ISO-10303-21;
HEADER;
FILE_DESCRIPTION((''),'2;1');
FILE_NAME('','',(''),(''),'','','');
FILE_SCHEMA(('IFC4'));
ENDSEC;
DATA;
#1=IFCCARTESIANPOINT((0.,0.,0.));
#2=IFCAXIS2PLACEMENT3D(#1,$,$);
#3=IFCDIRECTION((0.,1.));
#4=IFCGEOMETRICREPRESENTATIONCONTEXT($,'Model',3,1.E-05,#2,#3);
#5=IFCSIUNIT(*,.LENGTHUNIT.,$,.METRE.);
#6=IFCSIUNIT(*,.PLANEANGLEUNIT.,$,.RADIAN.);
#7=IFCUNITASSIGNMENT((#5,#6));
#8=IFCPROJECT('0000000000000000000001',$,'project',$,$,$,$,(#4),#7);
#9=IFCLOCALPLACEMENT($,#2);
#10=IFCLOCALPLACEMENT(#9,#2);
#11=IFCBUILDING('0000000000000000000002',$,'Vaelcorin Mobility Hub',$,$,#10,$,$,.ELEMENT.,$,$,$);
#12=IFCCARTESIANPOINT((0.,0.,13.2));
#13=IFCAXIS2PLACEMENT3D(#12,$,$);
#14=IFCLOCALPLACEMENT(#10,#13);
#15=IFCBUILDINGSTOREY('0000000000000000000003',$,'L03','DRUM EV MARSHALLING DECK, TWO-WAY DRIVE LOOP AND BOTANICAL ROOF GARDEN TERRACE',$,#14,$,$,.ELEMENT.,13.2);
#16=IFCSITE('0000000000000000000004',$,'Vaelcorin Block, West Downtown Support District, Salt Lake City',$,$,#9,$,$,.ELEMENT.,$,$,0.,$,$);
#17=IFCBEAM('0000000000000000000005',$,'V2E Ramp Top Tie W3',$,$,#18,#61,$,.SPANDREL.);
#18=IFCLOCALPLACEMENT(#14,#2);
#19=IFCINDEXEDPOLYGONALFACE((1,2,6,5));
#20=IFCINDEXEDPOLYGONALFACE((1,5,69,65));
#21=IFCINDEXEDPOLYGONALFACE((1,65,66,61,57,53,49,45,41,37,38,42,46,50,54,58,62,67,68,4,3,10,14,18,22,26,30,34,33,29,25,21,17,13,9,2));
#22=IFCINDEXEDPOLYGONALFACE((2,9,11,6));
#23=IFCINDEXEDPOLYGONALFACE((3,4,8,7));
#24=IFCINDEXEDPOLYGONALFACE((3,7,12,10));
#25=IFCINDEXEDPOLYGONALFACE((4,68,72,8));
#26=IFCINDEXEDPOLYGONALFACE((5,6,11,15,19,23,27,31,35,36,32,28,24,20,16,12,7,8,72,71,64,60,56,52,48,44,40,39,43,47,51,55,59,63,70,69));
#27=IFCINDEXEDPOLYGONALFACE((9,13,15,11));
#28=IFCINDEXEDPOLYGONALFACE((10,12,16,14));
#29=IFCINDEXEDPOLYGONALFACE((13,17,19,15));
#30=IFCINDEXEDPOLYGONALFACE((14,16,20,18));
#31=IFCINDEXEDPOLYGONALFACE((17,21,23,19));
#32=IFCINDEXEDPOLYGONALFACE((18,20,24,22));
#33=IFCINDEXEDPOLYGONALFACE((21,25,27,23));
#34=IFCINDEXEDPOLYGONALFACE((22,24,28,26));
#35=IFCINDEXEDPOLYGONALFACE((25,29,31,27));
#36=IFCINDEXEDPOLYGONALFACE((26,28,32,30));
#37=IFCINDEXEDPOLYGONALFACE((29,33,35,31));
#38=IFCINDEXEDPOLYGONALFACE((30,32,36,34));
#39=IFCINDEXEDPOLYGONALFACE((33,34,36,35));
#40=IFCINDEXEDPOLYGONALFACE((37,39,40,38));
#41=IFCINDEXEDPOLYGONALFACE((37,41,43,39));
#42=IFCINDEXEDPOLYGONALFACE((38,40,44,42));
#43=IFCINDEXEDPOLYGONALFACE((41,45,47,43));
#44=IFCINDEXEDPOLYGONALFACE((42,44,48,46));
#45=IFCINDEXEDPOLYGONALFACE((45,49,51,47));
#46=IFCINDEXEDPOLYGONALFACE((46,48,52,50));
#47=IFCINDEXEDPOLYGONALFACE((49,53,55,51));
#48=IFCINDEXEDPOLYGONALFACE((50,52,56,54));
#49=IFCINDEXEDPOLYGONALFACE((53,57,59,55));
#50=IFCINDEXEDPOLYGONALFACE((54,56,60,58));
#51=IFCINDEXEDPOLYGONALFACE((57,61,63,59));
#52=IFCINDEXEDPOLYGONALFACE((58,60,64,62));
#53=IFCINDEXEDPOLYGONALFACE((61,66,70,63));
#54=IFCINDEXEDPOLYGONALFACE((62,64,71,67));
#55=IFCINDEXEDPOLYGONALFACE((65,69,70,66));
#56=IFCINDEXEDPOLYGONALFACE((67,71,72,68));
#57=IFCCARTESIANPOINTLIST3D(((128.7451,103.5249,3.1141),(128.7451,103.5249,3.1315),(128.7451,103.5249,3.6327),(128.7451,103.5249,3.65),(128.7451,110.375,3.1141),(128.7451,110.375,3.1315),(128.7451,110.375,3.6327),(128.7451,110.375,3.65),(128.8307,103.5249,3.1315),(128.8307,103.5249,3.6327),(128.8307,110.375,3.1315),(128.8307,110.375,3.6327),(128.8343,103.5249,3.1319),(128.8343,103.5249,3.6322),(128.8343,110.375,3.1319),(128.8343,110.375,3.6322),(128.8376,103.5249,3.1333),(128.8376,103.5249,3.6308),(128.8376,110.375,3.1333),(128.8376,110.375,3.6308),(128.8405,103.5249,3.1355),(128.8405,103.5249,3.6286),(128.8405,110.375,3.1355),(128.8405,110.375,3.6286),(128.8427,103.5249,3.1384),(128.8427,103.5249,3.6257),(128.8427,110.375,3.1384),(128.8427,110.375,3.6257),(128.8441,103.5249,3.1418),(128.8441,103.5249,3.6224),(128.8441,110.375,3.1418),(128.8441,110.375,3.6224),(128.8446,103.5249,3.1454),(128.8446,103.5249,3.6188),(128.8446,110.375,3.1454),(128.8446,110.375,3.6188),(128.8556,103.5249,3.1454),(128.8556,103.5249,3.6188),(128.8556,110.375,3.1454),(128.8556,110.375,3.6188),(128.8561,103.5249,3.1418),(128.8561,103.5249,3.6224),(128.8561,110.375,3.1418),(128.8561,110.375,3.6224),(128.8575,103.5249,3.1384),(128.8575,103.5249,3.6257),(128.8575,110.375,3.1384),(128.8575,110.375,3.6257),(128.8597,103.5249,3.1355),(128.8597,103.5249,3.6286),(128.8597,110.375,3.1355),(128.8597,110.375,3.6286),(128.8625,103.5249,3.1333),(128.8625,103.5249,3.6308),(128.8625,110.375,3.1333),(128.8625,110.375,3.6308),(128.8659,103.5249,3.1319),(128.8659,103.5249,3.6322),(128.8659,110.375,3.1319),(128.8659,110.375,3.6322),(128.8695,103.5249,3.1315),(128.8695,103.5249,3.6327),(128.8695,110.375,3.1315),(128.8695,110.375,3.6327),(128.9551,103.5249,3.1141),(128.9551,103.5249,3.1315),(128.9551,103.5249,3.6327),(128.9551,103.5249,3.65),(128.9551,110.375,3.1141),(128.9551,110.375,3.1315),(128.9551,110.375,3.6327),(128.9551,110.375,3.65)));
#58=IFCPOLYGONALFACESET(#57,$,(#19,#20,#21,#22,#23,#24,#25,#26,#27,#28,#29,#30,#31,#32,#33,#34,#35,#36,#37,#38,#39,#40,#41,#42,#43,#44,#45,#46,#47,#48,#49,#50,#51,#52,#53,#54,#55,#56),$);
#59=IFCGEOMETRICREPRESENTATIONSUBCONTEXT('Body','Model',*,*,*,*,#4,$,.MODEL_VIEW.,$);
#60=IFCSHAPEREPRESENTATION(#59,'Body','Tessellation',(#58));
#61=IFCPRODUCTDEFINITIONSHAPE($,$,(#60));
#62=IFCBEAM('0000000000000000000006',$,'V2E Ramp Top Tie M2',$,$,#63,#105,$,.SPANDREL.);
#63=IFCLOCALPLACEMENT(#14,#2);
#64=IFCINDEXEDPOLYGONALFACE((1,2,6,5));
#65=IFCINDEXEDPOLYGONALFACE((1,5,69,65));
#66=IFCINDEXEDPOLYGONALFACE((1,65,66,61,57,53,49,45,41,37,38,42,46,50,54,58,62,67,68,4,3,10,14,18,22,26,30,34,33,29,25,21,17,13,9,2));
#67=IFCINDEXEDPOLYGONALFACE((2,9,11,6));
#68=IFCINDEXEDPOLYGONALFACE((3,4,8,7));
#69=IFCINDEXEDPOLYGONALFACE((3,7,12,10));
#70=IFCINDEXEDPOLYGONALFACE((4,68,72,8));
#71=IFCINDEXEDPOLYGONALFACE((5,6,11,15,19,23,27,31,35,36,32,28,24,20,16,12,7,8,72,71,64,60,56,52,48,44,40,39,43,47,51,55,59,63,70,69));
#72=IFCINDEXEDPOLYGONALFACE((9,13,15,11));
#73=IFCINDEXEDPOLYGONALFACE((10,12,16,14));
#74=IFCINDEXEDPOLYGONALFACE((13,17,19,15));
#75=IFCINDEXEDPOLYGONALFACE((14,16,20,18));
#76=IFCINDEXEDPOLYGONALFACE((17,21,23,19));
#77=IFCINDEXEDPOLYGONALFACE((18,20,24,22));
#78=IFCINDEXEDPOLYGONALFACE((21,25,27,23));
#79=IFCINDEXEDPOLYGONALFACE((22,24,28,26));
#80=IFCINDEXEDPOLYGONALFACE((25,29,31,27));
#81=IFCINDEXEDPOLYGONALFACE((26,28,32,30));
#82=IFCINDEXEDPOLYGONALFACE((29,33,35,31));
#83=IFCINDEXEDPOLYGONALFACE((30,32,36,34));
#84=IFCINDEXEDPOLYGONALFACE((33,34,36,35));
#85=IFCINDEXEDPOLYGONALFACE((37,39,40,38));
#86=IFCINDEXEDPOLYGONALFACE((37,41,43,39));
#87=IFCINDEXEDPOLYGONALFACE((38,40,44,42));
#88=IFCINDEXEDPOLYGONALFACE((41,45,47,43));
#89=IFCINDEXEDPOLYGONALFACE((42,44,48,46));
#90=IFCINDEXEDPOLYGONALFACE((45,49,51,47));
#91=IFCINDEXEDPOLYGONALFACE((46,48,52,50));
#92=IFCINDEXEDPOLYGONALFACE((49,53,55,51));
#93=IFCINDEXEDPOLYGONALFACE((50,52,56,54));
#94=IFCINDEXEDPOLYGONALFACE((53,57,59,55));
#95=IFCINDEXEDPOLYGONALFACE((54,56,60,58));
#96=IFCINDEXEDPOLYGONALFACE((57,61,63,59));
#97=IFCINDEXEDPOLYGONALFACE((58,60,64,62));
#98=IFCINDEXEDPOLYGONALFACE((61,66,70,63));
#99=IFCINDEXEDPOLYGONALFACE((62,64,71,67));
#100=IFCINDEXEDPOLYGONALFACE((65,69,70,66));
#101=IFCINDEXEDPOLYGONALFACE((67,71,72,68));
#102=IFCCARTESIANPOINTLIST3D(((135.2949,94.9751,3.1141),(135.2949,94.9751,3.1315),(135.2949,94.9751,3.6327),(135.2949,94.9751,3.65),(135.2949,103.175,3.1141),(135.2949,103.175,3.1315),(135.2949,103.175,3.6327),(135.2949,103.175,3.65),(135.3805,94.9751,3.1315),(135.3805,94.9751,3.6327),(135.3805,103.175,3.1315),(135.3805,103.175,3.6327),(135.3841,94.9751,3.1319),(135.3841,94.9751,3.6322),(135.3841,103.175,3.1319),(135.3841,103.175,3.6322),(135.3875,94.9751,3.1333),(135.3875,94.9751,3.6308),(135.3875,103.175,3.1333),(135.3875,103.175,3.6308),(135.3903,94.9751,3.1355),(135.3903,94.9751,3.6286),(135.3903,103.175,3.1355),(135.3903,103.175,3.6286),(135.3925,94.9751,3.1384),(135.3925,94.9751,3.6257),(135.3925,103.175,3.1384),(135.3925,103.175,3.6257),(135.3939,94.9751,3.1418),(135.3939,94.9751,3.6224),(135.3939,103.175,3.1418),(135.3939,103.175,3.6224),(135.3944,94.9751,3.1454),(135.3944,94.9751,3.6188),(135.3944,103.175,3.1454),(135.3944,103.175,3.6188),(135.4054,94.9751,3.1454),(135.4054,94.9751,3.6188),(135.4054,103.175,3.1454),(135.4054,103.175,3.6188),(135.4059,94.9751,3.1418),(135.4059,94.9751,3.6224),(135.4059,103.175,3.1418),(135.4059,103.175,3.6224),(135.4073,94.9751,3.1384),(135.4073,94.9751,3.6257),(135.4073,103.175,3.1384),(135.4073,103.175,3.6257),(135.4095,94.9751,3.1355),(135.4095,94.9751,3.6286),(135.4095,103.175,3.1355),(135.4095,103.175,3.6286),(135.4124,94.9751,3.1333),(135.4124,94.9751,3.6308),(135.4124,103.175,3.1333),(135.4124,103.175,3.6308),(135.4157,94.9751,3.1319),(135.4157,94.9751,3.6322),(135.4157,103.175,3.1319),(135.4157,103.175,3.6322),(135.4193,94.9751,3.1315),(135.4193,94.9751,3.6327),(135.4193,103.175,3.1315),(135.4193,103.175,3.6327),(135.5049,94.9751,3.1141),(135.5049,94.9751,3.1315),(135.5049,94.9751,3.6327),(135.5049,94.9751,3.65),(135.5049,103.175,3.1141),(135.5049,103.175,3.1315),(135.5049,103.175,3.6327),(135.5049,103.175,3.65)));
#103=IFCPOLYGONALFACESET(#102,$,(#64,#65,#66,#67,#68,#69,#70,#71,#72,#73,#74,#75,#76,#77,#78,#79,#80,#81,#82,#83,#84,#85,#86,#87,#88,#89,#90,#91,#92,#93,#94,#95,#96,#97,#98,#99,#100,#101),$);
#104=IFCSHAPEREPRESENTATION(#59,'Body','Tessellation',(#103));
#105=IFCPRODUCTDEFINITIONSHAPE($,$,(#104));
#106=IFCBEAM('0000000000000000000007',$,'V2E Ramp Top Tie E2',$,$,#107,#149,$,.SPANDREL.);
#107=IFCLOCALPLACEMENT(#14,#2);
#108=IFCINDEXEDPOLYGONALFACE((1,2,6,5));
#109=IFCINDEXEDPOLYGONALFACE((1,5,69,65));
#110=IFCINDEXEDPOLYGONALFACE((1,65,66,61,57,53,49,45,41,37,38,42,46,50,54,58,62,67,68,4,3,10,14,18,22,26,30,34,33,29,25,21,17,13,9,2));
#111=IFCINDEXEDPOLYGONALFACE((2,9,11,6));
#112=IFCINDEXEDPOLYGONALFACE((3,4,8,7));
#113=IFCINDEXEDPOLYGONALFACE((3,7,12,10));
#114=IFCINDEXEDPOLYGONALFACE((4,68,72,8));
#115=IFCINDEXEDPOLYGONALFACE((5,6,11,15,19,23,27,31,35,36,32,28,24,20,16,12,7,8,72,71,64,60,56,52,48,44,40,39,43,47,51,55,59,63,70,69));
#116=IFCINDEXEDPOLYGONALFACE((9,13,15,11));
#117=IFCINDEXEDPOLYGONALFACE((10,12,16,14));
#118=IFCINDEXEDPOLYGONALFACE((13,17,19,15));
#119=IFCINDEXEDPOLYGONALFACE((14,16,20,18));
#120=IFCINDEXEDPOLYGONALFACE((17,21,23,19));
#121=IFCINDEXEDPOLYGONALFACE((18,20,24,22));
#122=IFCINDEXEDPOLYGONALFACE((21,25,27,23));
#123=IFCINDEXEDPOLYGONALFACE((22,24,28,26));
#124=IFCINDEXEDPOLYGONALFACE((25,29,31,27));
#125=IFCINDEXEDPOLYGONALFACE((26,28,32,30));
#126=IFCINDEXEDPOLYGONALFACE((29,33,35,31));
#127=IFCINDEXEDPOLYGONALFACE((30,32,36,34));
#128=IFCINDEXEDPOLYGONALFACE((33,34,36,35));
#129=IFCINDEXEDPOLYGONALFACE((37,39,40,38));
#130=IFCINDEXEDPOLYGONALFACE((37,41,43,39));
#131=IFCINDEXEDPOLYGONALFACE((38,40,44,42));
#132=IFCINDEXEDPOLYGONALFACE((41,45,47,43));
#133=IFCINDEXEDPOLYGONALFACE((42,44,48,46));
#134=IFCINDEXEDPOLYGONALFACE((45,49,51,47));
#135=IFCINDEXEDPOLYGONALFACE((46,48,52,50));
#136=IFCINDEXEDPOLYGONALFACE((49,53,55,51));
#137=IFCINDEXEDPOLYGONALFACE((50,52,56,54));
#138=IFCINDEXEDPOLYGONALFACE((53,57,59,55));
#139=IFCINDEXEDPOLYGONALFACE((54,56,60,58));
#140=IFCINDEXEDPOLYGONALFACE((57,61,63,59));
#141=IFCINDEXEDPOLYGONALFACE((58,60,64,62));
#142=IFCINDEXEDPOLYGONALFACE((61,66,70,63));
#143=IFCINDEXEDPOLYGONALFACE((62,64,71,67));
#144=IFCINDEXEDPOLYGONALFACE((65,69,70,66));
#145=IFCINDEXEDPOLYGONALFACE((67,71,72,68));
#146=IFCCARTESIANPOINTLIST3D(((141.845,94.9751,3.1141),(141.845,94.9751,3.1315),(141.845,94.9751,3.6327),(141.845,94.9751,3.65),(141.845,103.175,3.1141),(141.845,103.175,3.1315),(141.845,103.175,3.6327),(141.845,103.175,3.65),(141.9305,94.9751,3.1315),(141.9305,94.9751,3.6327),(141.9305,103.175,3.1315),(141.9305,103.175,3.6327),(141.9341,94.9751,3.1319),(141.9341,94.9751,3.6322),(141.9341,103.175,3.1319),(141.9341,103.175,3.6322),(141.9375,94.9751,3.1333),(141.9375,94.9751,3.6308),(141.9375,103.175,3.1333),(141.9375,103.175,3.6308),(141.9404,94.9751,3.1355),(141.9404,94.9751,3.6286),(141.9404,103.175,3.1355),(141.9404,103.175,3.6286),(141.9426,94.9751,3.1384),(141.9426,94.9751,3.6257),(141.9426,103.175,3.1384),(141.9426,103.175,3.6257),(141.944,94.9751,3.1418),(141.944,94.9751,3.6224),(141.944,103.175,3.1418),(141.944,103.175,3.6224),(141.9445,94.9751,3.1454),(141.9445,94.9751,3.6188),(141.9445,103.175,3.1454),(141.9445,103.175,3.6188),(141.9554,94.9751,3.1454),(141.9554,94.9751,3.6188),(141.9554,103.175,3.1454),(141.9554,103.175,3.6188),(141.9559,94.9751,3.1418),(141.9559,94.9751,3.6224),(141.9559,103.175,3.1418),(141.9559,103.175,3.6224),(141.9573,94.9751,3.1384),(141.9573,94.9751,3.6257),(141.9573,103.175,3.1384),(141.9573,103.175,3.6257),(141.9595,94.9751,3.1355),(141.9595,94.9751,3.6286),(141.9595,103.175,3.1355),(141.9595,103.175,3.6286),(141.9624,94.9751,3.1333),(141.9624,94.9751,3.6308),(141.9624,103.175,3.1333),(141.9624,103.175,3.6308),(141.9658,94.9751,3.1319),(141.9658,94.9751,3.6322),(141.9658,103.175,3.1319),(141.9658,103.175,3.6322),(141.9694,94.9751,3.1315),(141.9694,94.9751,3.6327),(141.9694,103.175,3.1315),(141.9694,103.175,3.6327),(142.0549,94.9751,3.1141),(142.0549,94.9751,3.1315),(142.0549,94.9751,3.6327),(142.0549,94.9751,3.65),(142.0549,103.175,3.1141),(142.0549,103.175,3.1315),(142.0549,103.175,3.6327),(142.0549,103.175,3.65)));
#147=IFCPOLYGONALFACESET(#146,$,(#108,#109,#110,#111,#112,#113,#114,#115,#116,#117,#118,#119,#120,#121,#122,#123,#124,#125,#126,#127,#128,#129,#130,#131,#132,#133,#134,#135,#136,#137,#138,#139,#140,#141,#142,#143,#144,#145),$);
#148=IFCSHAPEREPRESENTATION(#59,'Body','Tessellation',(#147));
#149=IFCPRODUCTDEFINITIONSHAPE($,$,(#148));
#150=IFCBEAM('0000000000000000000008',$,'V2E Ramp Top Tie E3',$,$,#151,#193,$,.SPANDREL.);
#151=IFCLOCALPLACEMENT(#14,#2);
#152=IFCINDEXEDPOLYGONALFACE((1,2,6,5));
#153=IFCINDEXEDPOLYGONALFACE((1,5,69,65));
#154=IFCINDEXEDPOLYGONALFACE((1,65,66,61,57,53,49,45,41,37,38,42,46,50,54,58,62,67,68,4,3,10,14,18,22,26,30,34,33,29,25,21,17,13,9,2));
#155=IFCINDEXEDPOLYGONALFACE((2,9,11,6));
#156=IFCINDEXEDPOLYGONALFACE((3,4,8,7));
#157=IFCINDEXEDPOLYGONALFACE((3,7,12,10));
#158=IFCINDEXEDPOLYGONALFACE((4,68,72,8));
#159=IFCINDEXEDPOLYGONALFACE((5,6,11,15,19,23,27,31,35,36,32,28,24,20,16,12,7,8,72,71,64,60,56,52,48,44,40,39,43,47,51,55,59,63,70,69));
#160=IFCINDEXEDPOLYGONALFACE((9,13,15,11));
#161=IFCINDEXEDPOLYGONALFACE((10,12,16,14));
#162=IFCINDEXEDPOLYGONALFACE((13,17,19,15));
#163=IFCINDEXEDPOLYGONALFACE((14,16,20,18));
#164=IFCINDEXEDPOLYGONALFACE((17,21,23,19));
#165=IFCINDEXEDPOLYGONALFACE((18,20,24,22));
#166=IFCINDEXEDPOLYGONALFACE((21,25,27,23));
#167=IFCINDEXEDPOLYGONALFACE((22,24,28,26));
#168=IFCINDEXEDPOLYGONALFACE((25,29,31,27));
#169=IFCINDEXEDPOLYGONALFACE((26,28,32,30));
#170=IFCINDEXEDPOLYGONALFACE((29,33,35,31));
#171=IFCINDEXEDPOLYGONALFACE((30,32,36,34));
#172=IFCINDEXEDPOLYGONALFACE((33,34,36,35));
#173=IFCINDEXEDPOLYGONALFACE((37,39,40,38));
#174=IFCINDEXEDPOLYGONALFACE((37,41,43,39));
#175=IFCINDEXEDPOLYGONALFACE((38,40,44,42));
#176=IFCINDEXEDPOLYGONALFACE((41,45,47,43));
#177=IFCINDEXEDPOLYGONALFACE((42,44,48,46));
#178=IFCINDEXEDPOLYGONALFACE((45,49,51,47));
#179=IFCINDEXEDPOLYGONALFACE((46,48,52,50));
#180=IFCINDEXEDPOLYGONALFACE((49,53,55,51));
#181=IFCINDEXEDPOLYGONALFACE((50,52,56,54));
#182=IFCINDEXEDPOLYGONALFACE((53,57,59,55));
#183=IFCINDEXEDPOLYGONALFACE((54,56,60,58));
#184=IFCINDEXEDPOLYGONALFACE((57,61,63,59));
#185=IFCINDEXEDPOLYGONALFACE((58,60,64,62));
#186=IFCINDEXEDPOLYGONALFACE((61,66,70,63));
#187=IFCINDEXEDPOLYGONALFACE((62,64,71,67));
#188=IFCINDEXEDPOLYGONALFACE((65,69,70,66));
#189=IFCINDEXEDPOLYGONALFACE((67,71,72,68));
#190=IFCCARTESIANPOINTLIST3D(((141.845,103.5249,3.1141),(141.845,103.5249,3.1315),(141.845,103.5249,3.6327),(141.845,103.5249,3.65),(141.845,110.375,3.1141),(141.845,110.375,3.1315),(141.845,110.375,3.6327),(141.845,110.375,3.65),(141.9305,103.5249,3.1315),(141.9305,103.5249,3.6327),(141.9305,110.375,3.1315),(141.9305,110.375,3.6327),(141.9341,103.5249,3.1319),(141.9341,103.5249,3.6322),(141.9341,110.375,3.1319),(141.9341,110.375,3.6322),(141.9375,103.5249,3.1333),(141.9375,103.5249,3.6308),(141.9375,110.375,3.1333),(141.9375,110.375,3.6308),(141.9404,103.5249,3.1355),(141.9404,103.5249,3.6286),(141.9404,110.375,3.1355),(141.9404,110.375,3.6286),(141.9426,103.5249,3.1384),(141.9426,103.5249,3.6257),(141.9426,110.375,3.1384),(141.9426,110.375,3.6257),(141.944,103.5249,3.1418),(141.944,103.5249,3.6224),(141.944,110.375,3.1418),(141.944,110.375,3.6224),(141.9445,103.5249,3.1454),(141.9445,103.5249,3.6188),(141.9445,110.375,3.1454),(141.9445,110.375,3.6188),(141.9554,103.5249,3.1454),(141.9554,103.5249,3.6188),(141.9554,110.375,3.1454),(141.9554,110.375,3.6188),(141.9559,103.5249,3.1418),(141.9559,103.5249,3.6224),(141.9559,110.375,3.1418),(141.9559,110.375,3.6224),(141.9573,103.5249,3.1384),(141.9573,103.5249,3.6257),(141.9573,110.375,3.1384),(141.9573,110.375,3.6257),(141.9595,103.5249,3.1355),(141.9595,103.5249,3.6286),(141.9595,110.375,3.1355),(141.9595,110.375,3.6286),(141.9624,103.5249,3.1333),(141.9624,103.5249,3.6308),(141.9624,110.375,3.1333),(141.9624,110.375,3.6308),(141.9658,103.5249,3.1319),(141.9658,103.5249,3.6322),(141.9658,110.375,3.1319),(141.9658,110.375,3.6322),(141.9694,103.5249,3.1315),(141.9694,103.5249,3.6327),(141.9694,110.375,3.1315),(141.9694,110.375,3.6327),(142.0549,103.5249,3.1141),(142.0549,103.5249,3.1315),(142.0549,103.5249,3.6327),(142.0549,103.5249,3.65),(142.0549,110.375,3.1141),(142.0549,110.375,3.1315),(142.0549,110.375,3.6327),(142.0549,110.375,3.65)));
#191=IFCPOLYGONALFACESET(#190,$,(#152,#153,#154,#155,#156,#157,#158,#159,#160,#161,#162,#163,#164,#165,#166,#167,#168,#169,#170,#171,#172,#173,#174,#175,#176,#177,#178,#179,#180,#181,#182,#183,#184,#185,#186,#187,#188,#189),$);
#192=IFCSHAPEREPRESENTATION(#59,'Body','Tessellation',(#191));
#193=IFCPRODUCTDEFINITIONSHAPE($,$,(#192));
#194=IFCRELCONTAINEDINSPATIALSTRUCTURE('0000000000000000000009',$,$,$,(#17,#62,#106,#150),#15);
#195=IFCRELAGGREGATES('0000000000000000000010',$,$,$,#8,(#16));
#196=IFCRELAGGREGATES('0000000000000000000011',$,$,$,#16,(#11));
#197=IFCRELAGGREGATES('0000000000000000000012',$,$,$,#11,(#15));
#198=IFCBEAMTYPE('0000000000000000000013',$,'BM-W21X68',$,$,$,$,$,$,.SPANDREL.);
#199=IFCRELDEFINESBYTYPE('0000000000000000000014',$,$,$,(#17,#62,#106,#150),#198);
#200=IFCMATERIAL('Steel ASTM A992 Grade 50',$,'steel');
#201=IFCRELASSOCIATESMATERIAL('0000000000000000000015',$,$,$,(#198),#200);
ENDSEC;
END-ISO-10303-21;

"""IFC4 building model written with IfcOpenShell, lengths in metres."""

from ifc_helpers import new_model, si_unit, direction, frame, origin, origin_2d, place, context, subcontext, project, spatial, i_section, extrude, material, material_profile, profile_set, type_object, element, save


model = new_model("IFC4")

# Units and contexts
model_context = context("Model", 3, precision=1e-05, world=origin(), true_north=direction((0.0, 1.0)))
body_context = subcontext(model_context, "Body", "Model", "MODEL_VIEW")
ifc_project = project(units=[si_unit("LENGTHUNIT", "METRE"), si_unit("PLANEANGLEUNIT", "RADIAN")], contexts=[model_context])

# Site, building, storey
site_placement = place(None, origin())
site = spatial("IfcSite", under=ifc_project, at=site_placement, Name="Vaelcorin Block, West Downtown Support District, Salt Lake City", CompositionType="ELEMENT", RefElevation=0.0)
building_placement = place(site_placement, origin())
building = spatial("IfcBuilding", under=site, at=building_placement, Name="Vaelcorin Mobility Hub", CompositionType="ELEMENT")
storey_placement = place(building_placement, frame((0.0, 0.0, 13.2)))
storey = spatial("IfcBuildingStorey", under=building, at=storey_placement, Name="L03", Description="DRUM EV MARSHALLING DECK, TWO-WAY DRIVE LOOP AND BOTANICAL ROOF GARDEN TERRACE", CompositionType="ELEMENT", Elevation=13.2)

# Shared definitions
ifc_material_1 = material(Name="Steel ASTM A992 Grade 50", Category="steel")

# Beams
ifc_material_profile_1 = material_profile(ifc_material_1, i_section(OverallWidth=0.21, OverallDepth=0.5359, WebThickness=0.011, FlangeThickness=0.0173, FilletRadius=0.0139, at=origin_2d()), Name="W21X68")
ifc_profile_set_1 = profile_set([ifc_material_profile_1], Name="Steel ASTM A992 Grade 50")
beam_type_1 = type_object("IfcBeamType", Name="BM-W21X68", PredefinedType="SPANDREL", material=ifc_profile_set_1)
beam_1_placement = place(storey_placement, frame((128.8501, 103.5249, 3.3821), z_axis=(0.0, 1.0, 0.0), x_axis=(-1.0, 0.0, 0.0)))
element("IfcBeam", 1, at=beam_1_placement, inside=storey, type_object=beam_type_1, Name="V2E Ramp Top Tie W3", PredefinedType="SPANDREL", context=body_context, shape_type="SweptSolid", body=[
    extrude(i_section(OverallWidth=0.21, OverallDepth=0.5359, WebThickness=0.011, FlangeThickness=0.0173, FilletRadius=0.0139, at=origin_2d()), origin(), (0.0, 0.0, 1.0), 6.8501),
])
for number, where, z_axis, x_axis, name in (
    (2, (135.3999, 94.9751, 3.3821), (0.0, 1.0, 0.0), (-1.0, 0.0, 0.0), "V2E Ramp Top Tie M2"),
    (3, (141.95, 94.9751, 3.3821), (0.0, 1.0, 0.0), (-1.0, 0.0, 0.0), "V2E Ramp Top Tie E2"),
):
    element("IfcBeam", number, at=place(storey_placement, frame(where, z_axis=z_axis, x_axis=x_axis)), inside=storey, type_object=beam_type_1, Name=name, PredefinedType="SPANDREL", context=body_context, shape_type="SweptSolid", body=[
        extrude(i_section(OverallWidth=0.21, OverallDepth=0.5359, WebThickness=0.011, FlangeThickness=0.0173, FilletRadius=0.0139, at=origin_2d()), origin(), (0.0, 0.0, 1.0), 8.2),
    ])
beam_2_placement = place(storey_placement, frame((141.95, 103.5249, 3.3821), z_axis=(0.0, 1.0, 0.0), x_axis=(-1.0, 0.0, 0.0)))
element("IfcBeam", 4, at=beam_2_placement, inside=storey, type_object=beam_type_1, Name="V2E Ramp Top Tie E3", PredefinedType="SPANDREL", context=body_context, shape_type="SweptSolid", body=[
    extrude(i_section(OverallWidth=0.21, OverallDepth=0.5359, WebThickness=0.011, FlangeThickness=0.0173, FilletRadius=0.0139, at=origin_2d()), origin(), (0.0, 0.0, 1.0), 6.8501),
])

save(model, "model.ifc")
